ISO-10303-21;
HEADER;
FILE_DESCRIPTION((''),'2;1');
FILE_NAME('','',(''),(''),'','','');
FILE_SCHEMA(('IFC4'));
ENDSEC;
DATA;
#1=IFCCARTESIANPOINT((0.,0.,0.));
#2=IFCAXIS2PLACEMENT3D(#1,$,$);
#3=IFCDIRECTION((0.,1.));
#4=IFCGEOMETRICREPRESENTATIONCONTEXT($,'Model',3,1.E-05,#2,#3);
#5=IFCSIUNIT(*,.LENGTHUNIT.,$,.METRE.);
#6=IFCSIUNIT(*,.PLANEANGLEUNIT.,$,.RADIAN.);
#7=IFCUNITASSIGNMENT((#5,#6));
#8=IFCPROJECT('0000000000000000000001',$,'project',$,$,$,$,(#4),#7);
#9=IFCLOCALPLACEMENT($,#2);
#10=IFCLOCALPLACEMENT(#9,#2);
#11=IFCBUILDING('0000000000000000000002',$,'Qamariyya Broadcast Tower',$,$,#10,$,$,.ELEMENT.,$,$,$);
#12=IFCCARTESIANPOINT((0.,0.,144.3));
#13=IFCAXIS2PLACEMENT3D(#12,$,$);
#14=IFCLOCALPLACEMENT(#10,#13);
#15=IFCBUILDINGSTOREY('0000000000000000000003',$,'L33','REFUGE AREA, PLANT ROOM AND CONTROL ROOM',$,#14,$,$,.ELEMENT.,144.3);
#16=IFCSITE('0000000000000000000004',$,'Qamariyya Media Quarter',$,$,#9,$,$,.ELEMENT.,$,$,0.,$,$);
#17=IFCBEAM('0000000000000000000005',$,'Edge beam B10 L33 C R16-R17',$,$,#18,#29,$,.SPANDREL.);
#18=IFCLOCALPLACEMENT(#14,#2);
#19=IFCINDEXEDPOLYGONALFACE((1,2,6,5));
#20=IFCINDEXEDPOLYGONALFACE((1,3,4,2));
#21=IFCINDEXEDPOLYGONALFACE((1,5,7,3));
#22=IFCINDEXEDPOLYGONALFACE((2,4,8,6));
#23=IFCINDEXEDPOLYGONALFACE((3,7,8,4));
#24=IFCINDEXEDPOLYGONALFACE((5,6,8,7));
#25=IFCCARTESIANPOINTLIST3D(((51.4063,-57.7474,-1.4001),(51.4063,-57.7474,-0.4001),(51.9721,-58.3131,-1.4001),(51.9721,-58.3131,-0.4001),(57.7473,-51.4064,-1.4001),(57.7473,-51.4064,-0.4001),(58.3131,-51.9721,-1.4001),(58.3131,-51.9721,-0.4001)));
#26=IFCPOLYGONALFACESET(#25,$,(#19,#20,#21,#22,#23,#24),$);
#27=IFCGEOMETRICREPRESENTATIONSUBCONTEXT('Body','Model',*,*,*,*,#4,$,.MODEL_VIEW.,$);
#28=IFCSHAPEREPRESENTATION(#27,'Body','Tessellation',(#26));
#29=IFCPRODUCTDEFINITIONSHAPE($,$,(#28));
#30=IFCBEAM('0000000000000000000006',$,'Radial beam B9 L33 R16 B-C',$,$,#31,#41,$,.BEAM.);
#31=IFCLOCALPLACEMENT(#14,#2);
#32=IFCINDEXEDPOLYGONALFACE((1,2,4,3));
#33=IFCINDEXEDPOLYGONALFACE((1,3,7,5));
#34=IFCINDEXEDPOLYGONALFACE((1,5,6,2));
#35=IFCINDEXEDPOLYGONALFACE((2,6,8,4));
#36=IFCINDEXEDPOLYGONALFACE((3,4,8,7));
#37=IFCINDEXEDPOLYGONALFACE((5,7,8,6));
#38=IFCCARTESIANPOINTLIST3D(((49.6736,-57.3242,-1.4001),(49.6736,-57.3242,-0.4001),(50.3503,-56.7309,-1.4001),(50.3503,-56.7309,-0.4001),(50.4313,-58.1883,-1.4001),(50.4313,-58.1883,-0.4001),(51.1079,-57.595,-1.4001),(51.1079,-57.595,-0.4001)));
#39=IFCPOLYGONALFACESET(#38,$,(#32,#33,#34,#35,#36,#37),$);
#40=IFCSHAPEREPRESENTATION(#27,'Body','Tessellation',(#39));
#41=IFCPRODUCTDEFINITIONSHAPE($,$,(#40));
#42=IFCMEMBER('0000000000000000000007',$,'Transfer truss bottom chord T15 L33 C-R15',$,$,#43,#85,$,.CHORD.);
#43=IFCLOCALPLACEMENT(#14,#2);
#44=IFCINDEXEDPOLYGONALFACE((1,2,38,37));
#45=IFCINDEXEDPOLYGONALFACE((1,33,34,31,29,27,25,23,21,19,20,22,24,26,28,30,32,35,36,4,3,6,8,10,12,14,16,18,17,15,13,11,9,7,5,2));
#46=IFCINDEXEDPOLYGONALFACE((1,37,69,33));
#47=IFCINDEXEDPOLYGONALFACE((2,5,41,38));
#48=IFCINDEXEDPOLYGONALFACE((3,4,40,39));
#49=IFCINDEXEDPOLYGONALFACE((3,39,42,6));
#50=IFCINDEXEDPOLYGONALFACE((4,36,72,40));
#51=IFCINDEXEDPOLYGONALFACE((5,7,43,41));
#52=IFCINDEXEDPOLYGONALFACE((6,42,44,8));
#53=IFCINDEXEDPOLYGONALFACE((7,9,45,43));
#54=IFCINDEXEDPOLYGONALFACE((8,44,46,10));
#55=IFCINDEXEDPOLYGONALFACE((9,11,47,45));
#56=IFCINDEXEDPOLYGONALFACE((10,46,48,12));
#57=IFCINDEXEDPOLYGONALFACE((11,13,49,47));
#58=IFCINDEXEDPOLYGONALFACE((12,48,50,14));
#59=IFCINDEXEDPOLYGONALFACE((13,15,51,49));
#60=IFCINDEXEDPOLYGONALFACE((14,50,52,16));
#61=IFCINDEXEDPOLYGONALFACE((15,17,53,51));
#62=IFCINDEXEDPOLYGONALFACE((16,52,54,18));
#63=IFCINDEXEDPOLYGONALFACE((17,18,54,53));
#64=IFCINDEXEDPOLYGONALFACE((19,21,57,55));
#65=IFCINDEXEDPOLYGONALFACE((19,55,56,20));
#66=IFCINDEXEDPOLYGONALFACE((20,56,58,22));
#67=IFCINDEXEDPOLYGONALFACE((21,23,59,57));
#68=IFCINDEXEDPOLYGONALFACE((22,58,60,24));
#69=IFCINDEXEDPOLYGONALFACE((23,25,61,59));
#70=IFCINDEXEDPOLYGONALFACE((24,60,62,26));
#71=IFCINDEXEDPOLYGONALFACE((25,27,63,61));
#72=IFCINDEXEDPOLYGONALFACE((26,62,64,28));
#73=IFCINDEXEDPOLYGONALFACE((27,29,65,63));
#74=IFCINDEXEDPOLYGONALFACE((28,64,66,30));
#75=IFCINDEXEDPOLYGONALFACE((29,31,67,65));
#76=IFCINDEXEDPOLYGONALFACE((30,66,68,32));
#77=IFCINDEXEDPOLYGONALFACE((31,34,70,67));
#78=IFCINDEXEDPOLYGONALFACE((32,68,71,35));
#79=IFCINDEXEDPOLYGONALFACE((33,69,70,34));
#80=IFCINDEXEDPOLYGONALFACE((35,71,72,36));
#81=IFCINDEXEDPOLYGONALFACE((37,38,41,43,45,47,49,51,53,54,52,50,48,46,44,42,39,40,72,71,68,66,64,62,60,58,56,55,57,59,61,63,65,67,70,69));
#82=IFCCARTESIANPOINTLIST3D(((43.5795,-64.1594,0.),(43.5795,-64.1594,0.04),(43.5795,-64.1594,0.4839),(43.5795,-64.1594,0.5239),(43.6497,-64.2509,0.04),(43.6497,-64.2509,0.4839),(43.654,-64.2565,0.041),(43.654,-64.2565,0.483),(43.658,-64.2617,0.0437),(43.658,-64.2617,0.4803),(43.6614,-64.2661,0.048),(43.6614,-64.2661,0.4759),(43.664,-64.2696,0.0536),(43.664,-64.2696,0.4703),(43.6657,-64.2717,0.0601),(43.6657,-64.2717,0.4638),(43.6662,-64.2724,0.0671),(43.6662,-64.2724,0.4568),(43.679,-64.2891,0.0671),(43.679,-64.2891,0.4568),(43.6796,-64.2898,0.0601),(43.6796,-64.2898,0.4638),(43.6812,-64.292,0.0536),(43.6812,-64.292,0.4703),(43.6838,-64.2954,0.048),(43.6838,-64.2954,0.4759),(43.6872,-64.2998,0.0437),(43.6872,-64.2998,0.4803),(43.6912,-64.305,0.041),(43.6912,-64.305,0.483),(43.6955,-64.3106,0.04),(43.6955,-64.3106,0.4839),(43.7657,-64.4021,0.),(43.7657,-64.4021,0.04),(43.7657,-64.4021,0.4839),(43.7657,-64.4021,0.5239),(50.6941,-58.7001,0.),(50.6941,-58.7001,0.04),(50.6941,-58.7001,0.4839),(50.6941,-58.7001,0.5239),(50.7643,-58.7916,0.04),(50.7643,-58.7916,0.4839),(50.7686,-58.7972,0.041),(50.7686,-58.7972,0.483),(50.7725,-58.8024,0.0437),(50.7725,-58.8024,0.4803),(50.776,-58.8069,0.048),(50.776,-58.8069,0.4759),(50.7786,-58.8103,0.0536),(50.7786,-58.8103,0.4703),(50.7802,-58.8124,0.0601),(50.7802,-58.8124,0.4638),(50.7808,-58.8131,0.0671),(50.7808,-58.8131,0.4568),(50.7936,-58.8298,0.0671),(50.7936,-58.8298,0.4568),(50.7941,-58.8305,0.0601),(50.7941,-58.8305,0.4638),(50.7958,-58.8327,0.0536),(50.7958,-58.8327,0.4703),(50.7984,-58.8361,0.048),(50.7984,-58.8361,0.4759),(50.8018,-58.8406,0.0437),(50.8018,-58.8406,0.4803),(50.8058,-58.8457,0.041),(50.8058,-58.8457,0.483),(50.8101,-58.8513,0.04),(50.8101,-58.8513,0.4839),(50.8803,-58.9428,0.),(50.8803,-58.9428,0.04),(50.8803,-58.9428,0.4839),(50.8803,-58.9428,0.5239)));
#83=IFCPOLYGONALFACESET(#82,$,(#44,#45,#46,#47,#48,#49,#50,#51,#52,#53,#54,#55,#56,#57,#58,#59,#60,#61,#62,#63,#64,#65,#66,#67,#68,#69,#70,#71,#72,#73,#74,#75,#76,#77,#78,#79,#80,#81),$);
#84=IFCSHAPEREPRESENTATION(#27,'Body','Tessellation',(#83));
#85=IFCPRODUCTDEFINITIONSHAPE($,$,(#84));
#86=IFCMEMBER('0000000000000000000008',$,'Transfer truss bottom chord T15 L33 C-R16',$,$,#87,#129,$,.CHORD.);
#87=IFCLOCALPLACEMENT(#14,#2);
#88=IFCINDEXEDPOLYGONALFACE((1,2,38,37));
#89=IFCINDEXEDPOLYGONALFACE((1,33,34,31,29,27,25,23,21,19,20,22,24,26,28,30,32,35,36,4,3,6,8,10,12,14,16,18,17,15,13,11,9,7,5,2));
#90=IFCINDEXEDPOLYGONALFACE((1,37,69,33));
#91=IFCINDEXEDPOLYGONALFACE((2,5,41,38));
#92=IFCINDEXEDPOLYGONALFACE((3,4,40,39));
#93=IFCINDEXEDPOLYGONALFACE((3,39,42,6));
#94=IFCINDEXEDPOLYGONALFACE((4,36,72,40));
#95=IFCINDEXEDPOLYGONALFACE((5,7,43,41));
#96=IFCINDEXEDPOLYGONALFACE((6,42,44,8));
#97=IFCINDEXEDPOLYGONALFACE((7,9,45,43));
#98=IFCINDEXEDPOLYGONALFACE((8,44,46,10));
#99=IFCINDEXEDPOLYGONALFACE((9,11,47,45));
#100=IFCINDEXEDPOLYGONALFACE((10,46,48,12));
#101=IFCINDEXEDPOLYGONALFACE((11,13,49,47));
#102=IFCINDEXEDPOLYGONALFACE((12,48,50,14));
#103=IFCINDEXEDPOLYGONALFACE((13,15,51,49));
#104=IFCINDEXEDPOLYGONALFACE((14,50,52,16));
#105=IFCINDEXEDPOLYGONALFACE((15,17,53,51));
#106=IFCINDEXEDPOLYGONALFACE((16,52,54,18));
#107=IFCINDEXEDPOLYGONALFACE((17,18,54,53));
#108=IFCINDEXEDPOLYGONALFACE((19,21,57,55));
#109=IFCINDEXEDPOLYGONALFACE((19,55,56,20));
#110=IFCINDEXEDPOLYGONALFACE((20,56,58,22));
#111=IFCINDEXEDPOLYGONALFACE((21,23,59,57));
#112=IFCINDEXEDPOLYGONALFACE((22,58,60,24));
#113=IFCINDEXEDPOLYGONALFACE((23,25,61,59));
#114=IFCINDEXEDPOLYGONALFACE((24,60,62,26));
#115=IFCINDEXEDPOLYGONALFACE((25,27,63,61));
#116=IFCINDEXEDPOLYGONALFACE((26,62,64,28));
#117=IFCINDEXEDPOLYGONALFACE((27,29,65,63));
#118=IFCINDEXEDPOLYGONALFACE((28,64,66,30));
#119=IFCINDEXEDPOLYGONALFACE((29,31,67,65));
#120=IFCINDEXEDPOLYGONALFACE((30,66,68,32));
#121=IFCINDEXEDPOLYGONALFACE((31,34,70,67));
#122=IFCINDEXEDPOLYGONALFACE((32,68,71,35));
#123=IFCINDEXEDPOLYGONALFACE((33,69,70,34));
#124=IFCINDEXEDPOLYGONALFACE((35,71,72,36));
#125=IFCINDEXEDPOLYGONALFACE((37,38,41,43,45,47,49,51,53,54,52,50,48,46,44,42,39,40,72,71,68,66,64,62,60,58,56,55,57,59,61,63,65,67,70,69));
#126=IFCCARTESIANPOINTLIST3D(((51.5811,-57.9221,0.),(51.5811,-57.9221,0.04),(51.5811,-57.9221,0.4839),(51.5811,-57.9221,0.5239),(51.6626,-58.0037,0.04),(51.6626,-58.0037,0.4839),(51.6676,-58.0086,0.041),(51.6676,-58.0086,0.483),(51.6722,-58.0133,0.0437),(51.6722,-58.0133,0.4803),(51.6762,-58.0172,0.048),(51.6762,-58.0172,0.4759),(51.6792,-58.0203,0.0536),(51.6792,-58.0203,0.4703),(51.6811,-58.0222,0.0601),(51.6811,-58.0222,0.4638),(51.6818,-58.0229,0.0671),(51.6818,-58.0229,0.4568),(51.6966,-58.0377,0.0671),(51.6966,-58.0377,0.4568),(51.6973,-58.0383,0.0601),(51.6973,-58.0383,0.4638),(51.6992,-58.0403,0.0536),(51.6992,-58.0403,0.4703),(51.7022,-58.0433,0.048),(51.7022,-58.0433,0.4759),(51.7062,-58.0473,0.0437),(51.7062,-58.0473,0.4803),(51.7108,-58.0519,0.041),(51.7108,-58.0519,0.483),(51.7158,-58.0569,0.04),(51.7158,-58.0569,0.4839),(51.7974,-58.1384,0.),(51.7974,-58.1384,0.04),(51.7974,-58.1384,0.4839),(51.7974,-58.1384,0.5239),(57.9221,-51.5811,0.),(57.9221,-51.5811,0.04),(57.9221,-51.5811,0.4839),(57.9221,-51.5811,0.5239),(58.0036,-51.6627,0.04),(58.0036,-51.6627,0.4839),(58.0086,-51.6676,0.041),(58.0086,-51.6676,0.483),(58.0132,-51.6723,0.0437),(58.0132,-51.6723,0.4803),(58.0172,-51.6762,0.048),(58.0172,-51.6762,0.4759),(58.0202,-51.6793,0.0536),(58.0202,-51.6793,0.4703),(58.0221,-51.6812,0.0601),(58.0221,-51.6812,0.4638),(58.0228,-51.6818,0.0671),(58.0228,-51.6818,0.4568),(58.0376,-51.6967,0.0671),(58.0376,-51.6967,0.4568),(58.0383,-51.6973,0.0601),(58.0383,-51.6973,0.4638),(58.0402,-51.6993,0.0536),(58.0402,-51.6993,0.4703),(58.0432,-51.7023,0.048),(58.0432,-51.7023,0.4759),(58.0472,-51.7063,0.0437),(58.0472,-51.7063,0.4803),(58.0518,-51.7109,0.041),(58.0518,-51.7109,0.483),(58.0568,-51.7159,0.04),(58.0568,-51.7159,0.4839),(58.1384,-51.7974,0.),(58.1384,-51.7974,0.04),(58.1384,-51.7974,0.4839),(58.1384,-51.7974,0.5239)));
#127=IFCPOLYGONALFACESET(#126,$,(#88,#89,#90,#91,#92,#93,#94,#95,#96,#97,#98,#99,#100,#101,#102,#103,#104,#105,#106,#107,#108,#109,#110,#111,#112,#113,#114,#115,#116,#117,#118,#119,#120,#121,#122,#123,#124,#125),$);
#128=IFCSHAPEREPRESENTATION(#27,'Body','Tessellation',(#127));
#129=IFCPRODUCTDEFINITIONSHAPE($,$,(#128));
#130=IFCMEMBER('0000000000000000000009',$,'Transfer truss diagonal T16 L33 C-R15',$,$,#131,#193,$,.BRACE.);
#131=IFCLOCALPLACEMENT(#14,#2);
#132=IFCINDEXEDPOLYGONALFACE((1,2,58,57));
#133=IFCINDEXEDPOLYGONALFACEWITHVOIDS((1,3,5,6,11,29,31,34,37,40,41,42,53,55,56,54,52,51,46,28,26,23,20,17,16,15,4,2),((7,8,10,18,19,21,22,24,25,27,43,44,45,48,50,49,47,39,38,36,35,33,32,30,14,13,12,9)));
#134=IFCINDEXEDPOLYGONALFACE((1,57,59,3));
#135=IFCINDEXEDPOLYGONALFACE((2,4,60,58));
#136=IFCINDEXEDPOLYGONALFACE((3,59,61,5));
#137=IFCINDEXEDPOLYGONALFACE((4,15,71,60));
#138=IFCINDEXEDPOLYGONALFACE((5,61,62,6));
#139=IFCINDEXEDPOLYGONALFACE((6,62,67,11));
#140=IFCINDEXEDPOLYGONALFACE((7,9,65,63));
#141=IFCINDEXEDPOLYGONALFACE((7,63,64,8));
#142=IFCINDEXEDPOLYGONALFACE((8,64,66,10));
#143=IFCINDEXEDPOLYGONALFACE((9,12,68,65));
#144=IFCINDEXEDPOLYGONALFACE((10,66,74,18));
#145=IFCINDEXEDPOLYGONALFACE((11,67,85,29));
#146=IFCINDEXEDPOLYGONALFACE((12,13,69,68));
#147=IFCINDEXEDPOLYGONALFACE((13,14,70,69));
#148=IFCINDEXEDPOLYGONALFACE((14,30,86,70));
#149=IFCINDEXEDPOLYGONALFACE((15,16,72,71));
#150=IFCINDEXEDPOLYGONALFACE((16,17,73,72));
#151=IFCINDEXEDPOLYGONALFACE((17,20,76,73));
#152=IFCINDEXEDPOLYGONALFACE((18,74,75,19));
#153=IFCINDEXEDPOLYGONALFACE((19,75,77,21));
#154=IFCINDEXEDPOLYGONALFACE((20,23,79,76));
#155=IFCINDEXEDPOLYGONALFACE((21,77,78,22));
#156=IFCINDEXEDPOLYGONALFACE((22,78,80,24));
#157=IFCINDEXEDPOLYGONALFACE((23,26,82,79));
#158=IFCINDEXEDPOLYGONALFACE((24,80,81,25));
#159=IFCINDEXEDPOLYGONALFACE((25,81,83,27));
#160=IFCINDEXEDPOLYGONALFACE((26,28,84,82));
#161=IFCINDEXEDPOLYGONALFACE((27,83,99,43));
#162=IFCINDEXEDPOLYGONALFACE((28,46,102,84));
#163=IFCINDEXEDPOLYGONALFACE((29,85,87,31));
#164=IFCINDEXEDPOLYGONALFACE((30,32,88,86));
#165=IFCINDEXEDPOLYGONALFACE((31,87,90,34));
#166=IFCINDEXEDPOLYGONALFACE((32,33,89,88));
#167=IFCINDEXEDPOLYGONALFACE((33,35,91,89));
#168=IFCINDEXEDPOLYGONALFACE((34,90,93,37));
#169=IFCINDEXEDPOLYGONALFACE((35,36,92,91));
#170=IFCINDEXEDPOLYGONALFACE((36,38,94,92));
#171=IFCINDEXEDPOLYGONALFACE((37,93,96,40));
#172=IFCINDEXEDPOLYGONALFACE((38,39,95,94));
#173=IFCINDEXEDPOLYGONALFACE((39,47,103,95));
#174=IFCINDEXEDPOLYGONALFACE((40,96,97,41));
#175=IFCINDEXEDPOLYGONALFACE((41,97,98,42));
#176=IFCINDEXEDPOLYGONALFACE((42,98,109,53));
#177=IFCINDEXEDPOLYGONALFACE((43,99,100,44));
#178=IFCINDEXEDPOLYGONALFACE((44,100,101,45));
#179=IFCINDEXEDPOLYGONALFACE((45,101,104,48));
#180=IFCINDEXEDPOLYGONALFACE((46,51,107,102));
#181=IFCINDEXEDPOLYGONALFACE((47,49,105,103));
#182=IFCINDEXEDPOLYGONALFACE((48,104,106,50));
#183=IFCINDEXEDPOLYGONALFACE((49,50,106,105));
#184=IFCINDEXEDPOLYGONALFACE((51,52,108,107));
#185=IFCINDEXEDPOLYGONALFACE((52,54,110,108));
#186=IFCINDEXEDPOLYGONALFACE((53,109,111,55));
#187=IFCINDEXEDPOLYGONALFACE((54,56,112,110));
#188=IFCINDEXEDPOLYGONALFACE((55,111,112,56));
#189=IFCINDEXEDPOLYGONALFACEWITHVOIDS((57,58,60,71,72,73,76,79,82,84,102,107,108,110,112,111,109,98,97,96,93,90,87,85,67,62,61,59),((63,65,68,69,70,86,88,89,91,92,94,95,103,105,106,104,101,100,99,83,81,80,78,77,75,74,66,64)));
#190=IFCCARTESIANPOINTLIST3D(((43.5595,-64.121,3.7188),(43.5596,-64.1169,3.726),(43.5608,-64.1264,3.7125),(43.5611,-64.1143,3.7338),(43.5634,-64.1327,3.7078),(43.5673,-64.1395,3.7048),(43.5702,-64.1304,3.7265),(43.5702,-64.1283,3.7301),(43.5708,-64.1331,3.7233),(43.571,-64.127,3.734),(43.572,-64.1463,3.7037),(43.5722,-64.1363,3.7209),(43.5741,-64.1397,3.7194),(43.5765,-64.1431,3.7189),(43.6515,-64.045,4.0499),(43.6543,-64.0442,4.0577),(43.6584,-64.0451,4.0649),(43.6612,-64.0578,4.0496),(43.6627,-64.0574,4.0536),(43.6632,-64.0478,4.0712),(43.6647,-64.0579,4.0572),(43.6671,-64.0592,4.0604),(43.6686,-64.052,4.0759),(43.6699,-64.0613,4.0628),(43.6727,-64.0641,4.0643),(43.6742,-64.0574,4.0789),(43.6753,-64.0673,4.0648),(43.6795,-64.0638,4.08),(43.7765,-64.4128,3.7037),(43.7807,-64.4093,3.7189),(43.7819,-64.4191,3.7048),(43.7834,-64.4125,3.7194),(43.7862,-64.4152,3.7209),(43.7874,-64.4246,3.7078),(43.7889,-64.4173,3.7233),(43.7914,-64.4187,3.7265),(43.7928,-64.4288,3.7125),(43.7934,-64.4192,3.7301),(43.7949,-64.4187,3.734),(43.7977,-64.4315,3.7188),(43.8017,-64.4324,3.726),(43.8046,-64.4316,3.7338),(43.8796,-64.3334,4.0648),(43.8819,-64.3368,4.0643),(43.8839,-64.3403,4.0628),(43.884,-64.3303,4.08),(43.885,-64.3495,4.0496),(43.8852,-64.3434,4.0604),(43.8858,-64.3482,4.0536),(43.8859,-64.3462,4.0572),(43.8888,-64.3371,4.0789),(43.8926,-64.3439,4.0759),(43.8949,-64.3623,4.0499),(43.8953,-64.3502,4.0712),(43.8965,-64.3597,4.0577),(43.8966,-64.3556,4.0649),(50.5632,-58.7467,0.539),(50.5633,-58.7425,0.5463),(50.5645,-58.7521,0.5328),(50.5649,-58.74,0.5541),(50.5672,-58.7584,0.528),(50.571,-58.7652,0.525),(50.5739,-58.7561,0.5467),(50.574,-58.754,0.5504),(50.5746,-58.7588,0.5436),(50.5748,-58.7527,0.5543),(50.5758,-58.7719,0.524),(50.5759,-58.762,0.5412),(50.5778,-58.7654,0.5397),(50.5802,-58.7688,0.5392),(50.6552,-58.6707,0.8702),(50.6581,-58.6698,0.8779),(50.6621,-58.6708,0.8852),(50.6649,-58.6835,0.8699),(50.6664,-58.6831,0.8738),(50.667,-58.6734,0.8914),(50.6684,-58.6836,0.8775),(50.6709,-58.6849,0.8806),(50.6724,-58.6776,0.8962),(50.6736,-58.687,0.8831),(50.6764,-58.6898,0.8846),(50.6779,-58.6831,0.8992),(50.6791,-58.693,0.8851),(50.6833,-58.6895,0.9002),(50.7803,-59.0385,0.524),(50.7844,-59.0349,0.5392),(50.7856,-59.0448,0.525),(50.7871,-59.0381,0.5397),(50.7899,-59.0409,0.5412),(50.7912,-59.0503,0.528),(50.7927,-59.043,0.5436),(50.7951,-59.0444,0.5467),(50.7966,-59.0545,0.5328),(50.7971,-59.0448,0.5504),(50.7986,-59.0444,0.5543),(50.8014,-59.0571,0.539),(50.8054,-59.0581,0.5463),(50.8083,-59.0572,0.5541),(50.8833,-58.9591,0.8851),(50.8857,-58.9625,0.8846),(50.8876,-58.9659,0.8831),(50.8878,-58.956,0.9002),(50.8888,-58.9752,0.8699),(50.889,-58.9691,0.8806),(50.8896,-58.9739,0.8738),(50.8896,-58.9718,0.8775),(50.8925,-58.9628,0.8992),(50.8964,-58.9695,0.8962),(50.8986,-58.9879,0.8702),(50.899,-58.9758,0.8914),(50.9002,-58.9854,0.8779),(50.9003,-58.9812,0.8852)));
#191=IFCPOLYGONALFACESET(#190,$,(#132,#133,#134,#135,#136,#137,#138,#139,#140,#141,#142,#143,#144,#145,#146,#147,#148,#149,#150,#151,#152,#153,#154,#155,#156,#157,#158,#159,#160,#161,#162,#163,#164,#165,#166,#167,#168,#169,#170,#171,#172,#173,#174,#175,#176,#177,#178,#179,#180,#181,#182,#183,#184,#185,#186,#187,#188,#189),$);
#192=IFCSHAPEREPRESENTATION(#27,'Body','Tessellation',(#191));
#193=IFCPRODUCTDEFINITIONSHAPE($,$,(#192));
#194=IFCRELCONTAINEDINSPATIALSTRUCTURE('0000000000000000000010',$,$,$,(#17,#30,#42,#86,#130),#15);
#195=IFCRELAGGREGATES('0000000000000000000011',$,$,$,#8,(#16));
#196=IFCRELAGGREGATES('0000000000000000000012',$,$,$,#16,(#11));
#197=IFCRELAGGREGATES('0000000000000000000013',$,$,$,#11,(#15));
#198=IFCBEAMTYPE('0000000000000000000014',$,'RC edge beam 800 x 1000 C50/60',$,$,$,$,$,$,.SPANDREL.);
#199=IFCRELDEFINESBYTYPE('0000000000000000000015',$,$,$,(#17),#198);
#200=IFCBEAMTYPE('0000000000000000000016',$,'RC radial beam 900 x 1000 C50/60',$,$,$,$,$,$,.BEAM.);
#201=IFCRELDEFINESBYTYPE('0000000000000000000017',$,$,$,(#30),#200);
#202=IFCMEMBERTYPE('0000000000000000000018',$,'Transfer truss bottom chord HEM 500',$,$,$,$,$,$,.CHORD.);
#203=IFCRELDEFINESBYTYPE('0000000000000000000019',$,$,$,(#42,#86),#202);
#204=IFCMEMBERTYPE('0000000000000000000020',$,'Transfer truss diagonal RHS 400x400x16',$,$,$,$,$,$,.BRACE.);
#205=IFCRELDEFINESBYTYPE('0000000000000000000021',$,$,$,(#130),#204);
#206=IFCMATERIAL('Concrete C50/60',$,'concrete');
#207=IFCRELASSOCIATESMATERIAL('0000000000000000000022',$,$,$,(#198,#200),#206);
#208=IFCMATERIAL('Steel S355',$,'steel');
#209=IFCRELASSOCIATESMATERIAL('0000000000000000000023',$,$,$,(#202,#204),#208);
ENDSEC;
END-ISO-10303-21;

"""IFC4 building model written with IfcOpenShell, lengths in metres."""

from ifc_helpers import new_model, si_unit, direction, frame, origin, origin_2d, place, context, subcontext, project, spatial, rectangle, hollow_rectangle, i_section, extrude, material, material_profile, profile_set, type_object, element, save


model = new_model("IFC4")

# Units and contexts
model_context = context("Model", 3, precision=1e-05, world=origin(), true_north=direction((0.0, 1.0)))
body_context = subcontext(model_context, "Body", "Model", "MODEL_VIEW")
ifc_project = project(units=[si_unit("LENGTHUNIT", "METRE"), si_unit("PLANEANGLEUNIT", "RADIAN")], contexts=[model_context])

# Site, building, storey
site_placement = place(None, origin())
site = spatial("IfcSite", under=ifc_project, at=site_placement, Name="Qamariyya Media Quarter", CompositionType="ELEMENT", RefElevation=0.0)
building_placement = place(site_placement, origin())
building = spatial("IfcBuilding", under=site, at=building_placement, Name="Qamariyya Broadcast Tower", CompositionType="ELEMENT")
storey_placement = place(building_placement, frame((0.0, 0.0, 144.3)))
storey = spatial("IfcBuildingStorey", under=building, at=storey_placement, Name="L33", Description="REFUGE AREA, PLANT ROOM AND CONTROL ROOM", CompositionType="ELEMENT", Elevation=144.3)

# Shared definitions
ifc_material_1 = material(Name="Steel S355", Category="steel")

# Beams
ifc_material_2 = material(Name="Concrete C50/60", Category="concrete")
ifc_material_profile_1 = material_profile(ifc_material_2, rectangle(XDim=0.8, YDim=1.0, at=origin_2d()))
ifc_profile_set_1 = profile_set([ifc_material_profile_1], Name="Concrete C50/60")
beam_type_1 = type_object("IfcBeamType", Name="RC edge beam 800 x 1000 C50/60", PredefinedType="SPANDREL", material=ifc_profile_set_1)
beam_1_placement = place(storey_placement, frame((51.6892, -58.0303, -0.9001), z_axis=(0.707107, 0.707107, 0.0), x_axis=(-0.707107, 0.707107, 0.0)))
element("IfcBeam", 1, at=beam_1_placement, inside=storey, type_object=beam_type_1, Name="Edge beam B10 L33 C R16-R17", PredefinedType="SPANDREL", context=body_context, shape_type="SweptSolid", body=[
    extrude(rectangle(XDim=0.8, YDim=1.0, at=origin_2d()), origin(), (0.0, 0.0, 1.0), 8.9675),
])
ifc_material_profile_2 = material_profile(ifc_material_2, rectangle(XDim=0.8999, YDim=1.0, at=origin_2d()))
ifc_profile_set_2 = profile_set([ifc_material_profile_2], Name="Concrete C50/60")
beam_type_2 = type_object("IfcBeamType", Name="RC radial beam 900 x 1000 C50/60", PredefinedType="BEAM", material=ifc_profile_set_2)
beam_2_placement = place(storey_placement, frame((50.012, -57.0276, -0.9001), z_axis=(0.659271, -0.751905, 0.0), x_axis=(0.751905, 0.659271, 0.0)))
element("IfcBeam", 2, at=beam_2_placement, inside=storey, type_object=beam_type_2, Name="Radial beam B9 L33 R16 B-C", PredefinedType="BEAM", context=body_context, shape_type="SweptSolid", body=[
    extrude(rectangle(XDim=0.8999, YDim=1.0, at=origin_2d()), origin(), (0.0, 0.0, 1.0), 1.1492),
])

# Members
ifc_material_profile_3 = material_profile(ifc_material_1, i_section(OverallWidth=0.3059, OverallDepth=0.5239, WebThickness=0.021, FlangeThickness=0.04, FilletRadius=0.0271, at=origin_2d()))
ifc_profile_set_3 = profile_set([ifc_material_profile_3], Name="Steel S355")
member_type_1 = type_object("IfcMemberType", Name="Transfer truss bottom chord HEM 500", PredefinedType="CHORD", material=ifc_profile_set_3)
member_1_placement = place(storey_placement, frame((43.6726, -64.2808, 0.262), z_axis=(0.793349, 0.608767, 0.0), x_axis=(-0.608767, 0.793349, 0.0)))
element("IfcMember", 3, at=member_1_placement, inside=storey, type_object=member_type_1, Name="Transfer truss bottom chord T15 L33 C-R15", PredefinedType="CHORD", context=body_context, shape_type="SweptSolid", body=[
    extrude(i_section(OverallWidth=0.3059, OverallDepth=0.5239, WebThickness=0.021, FlangeThickness=0.04, FilletRadius=0.0271, at=origin_2d()), origin(), (0.0, 0.0, 1.0), 8.9678),
])
member_2_placement = place(storey_placement, frame((51.6892, -58.0303, 0.262), z_axis=(0.707107, 0.707107, 0.0), x_axis=(-0.707107, 0.707107, 0.0)))
element("IfcMember", 4, at=member_2_placement, inside=storey, type_object=member_type_1, Name="Transfer truss bottom chord T15 L33 C-R16", PredefinedType="CHORD", context=body_context, shape_type="SweptSolid", body=[
    extrude(i_section(OverallWidth=0.3059, OverallDepth=0.5239, WebThickness=0.021, FlangeThickness=0.04, FilletRadius=0.0271, at=origin_2d()), origin(), (0.0, 0.0, 1.0), 8.9675),
])
ifc_material_profile_4 = material_profile(ifc_material_1, hollow_rectangle(XDim=0.3999, YDim=0.3999, WallThickness=0.0161, InnerFilletRadius=0.0161, OuterFilletRadius=0.032, at=origin_2d()))
ifc_profile_set_4 = profile_set([ifc_material_profile_4], Name="Steel S355")
member_type_2 = type_object("IfcMemberType", Name="Transfer truss diagonal RHS 400x400x16", PredefinedType="BRACE", material=ifc_profile_set_4)
member_3_placement = place(storey_placement, frame((43.728, -64.2383, 3.8918), z_axis=(0.746404, 0.572754, -0.33887), x_axis=(-0.608773, 0.793344, 0.0)))
element("IfcMember", 5, at=member_3_placement, inside=storey, type_object=member_type_2, Name="Transfer truss diagonal T16 L33 C-R15", PredefinedType="BRACE", context=body_context, shape_type="SweptSolid", body=[
    extrude(hollow_rectangle(XDim=0.3999, YDim=0.3999, WallThickness=0.0161, InnerFilletRadius=0.0161, OuterFilletRadius=0.032, at=origin_2d()), origin(), (0.0, 0.0, 1.0), 9.3833),
])

save(model, "model.ifc")
